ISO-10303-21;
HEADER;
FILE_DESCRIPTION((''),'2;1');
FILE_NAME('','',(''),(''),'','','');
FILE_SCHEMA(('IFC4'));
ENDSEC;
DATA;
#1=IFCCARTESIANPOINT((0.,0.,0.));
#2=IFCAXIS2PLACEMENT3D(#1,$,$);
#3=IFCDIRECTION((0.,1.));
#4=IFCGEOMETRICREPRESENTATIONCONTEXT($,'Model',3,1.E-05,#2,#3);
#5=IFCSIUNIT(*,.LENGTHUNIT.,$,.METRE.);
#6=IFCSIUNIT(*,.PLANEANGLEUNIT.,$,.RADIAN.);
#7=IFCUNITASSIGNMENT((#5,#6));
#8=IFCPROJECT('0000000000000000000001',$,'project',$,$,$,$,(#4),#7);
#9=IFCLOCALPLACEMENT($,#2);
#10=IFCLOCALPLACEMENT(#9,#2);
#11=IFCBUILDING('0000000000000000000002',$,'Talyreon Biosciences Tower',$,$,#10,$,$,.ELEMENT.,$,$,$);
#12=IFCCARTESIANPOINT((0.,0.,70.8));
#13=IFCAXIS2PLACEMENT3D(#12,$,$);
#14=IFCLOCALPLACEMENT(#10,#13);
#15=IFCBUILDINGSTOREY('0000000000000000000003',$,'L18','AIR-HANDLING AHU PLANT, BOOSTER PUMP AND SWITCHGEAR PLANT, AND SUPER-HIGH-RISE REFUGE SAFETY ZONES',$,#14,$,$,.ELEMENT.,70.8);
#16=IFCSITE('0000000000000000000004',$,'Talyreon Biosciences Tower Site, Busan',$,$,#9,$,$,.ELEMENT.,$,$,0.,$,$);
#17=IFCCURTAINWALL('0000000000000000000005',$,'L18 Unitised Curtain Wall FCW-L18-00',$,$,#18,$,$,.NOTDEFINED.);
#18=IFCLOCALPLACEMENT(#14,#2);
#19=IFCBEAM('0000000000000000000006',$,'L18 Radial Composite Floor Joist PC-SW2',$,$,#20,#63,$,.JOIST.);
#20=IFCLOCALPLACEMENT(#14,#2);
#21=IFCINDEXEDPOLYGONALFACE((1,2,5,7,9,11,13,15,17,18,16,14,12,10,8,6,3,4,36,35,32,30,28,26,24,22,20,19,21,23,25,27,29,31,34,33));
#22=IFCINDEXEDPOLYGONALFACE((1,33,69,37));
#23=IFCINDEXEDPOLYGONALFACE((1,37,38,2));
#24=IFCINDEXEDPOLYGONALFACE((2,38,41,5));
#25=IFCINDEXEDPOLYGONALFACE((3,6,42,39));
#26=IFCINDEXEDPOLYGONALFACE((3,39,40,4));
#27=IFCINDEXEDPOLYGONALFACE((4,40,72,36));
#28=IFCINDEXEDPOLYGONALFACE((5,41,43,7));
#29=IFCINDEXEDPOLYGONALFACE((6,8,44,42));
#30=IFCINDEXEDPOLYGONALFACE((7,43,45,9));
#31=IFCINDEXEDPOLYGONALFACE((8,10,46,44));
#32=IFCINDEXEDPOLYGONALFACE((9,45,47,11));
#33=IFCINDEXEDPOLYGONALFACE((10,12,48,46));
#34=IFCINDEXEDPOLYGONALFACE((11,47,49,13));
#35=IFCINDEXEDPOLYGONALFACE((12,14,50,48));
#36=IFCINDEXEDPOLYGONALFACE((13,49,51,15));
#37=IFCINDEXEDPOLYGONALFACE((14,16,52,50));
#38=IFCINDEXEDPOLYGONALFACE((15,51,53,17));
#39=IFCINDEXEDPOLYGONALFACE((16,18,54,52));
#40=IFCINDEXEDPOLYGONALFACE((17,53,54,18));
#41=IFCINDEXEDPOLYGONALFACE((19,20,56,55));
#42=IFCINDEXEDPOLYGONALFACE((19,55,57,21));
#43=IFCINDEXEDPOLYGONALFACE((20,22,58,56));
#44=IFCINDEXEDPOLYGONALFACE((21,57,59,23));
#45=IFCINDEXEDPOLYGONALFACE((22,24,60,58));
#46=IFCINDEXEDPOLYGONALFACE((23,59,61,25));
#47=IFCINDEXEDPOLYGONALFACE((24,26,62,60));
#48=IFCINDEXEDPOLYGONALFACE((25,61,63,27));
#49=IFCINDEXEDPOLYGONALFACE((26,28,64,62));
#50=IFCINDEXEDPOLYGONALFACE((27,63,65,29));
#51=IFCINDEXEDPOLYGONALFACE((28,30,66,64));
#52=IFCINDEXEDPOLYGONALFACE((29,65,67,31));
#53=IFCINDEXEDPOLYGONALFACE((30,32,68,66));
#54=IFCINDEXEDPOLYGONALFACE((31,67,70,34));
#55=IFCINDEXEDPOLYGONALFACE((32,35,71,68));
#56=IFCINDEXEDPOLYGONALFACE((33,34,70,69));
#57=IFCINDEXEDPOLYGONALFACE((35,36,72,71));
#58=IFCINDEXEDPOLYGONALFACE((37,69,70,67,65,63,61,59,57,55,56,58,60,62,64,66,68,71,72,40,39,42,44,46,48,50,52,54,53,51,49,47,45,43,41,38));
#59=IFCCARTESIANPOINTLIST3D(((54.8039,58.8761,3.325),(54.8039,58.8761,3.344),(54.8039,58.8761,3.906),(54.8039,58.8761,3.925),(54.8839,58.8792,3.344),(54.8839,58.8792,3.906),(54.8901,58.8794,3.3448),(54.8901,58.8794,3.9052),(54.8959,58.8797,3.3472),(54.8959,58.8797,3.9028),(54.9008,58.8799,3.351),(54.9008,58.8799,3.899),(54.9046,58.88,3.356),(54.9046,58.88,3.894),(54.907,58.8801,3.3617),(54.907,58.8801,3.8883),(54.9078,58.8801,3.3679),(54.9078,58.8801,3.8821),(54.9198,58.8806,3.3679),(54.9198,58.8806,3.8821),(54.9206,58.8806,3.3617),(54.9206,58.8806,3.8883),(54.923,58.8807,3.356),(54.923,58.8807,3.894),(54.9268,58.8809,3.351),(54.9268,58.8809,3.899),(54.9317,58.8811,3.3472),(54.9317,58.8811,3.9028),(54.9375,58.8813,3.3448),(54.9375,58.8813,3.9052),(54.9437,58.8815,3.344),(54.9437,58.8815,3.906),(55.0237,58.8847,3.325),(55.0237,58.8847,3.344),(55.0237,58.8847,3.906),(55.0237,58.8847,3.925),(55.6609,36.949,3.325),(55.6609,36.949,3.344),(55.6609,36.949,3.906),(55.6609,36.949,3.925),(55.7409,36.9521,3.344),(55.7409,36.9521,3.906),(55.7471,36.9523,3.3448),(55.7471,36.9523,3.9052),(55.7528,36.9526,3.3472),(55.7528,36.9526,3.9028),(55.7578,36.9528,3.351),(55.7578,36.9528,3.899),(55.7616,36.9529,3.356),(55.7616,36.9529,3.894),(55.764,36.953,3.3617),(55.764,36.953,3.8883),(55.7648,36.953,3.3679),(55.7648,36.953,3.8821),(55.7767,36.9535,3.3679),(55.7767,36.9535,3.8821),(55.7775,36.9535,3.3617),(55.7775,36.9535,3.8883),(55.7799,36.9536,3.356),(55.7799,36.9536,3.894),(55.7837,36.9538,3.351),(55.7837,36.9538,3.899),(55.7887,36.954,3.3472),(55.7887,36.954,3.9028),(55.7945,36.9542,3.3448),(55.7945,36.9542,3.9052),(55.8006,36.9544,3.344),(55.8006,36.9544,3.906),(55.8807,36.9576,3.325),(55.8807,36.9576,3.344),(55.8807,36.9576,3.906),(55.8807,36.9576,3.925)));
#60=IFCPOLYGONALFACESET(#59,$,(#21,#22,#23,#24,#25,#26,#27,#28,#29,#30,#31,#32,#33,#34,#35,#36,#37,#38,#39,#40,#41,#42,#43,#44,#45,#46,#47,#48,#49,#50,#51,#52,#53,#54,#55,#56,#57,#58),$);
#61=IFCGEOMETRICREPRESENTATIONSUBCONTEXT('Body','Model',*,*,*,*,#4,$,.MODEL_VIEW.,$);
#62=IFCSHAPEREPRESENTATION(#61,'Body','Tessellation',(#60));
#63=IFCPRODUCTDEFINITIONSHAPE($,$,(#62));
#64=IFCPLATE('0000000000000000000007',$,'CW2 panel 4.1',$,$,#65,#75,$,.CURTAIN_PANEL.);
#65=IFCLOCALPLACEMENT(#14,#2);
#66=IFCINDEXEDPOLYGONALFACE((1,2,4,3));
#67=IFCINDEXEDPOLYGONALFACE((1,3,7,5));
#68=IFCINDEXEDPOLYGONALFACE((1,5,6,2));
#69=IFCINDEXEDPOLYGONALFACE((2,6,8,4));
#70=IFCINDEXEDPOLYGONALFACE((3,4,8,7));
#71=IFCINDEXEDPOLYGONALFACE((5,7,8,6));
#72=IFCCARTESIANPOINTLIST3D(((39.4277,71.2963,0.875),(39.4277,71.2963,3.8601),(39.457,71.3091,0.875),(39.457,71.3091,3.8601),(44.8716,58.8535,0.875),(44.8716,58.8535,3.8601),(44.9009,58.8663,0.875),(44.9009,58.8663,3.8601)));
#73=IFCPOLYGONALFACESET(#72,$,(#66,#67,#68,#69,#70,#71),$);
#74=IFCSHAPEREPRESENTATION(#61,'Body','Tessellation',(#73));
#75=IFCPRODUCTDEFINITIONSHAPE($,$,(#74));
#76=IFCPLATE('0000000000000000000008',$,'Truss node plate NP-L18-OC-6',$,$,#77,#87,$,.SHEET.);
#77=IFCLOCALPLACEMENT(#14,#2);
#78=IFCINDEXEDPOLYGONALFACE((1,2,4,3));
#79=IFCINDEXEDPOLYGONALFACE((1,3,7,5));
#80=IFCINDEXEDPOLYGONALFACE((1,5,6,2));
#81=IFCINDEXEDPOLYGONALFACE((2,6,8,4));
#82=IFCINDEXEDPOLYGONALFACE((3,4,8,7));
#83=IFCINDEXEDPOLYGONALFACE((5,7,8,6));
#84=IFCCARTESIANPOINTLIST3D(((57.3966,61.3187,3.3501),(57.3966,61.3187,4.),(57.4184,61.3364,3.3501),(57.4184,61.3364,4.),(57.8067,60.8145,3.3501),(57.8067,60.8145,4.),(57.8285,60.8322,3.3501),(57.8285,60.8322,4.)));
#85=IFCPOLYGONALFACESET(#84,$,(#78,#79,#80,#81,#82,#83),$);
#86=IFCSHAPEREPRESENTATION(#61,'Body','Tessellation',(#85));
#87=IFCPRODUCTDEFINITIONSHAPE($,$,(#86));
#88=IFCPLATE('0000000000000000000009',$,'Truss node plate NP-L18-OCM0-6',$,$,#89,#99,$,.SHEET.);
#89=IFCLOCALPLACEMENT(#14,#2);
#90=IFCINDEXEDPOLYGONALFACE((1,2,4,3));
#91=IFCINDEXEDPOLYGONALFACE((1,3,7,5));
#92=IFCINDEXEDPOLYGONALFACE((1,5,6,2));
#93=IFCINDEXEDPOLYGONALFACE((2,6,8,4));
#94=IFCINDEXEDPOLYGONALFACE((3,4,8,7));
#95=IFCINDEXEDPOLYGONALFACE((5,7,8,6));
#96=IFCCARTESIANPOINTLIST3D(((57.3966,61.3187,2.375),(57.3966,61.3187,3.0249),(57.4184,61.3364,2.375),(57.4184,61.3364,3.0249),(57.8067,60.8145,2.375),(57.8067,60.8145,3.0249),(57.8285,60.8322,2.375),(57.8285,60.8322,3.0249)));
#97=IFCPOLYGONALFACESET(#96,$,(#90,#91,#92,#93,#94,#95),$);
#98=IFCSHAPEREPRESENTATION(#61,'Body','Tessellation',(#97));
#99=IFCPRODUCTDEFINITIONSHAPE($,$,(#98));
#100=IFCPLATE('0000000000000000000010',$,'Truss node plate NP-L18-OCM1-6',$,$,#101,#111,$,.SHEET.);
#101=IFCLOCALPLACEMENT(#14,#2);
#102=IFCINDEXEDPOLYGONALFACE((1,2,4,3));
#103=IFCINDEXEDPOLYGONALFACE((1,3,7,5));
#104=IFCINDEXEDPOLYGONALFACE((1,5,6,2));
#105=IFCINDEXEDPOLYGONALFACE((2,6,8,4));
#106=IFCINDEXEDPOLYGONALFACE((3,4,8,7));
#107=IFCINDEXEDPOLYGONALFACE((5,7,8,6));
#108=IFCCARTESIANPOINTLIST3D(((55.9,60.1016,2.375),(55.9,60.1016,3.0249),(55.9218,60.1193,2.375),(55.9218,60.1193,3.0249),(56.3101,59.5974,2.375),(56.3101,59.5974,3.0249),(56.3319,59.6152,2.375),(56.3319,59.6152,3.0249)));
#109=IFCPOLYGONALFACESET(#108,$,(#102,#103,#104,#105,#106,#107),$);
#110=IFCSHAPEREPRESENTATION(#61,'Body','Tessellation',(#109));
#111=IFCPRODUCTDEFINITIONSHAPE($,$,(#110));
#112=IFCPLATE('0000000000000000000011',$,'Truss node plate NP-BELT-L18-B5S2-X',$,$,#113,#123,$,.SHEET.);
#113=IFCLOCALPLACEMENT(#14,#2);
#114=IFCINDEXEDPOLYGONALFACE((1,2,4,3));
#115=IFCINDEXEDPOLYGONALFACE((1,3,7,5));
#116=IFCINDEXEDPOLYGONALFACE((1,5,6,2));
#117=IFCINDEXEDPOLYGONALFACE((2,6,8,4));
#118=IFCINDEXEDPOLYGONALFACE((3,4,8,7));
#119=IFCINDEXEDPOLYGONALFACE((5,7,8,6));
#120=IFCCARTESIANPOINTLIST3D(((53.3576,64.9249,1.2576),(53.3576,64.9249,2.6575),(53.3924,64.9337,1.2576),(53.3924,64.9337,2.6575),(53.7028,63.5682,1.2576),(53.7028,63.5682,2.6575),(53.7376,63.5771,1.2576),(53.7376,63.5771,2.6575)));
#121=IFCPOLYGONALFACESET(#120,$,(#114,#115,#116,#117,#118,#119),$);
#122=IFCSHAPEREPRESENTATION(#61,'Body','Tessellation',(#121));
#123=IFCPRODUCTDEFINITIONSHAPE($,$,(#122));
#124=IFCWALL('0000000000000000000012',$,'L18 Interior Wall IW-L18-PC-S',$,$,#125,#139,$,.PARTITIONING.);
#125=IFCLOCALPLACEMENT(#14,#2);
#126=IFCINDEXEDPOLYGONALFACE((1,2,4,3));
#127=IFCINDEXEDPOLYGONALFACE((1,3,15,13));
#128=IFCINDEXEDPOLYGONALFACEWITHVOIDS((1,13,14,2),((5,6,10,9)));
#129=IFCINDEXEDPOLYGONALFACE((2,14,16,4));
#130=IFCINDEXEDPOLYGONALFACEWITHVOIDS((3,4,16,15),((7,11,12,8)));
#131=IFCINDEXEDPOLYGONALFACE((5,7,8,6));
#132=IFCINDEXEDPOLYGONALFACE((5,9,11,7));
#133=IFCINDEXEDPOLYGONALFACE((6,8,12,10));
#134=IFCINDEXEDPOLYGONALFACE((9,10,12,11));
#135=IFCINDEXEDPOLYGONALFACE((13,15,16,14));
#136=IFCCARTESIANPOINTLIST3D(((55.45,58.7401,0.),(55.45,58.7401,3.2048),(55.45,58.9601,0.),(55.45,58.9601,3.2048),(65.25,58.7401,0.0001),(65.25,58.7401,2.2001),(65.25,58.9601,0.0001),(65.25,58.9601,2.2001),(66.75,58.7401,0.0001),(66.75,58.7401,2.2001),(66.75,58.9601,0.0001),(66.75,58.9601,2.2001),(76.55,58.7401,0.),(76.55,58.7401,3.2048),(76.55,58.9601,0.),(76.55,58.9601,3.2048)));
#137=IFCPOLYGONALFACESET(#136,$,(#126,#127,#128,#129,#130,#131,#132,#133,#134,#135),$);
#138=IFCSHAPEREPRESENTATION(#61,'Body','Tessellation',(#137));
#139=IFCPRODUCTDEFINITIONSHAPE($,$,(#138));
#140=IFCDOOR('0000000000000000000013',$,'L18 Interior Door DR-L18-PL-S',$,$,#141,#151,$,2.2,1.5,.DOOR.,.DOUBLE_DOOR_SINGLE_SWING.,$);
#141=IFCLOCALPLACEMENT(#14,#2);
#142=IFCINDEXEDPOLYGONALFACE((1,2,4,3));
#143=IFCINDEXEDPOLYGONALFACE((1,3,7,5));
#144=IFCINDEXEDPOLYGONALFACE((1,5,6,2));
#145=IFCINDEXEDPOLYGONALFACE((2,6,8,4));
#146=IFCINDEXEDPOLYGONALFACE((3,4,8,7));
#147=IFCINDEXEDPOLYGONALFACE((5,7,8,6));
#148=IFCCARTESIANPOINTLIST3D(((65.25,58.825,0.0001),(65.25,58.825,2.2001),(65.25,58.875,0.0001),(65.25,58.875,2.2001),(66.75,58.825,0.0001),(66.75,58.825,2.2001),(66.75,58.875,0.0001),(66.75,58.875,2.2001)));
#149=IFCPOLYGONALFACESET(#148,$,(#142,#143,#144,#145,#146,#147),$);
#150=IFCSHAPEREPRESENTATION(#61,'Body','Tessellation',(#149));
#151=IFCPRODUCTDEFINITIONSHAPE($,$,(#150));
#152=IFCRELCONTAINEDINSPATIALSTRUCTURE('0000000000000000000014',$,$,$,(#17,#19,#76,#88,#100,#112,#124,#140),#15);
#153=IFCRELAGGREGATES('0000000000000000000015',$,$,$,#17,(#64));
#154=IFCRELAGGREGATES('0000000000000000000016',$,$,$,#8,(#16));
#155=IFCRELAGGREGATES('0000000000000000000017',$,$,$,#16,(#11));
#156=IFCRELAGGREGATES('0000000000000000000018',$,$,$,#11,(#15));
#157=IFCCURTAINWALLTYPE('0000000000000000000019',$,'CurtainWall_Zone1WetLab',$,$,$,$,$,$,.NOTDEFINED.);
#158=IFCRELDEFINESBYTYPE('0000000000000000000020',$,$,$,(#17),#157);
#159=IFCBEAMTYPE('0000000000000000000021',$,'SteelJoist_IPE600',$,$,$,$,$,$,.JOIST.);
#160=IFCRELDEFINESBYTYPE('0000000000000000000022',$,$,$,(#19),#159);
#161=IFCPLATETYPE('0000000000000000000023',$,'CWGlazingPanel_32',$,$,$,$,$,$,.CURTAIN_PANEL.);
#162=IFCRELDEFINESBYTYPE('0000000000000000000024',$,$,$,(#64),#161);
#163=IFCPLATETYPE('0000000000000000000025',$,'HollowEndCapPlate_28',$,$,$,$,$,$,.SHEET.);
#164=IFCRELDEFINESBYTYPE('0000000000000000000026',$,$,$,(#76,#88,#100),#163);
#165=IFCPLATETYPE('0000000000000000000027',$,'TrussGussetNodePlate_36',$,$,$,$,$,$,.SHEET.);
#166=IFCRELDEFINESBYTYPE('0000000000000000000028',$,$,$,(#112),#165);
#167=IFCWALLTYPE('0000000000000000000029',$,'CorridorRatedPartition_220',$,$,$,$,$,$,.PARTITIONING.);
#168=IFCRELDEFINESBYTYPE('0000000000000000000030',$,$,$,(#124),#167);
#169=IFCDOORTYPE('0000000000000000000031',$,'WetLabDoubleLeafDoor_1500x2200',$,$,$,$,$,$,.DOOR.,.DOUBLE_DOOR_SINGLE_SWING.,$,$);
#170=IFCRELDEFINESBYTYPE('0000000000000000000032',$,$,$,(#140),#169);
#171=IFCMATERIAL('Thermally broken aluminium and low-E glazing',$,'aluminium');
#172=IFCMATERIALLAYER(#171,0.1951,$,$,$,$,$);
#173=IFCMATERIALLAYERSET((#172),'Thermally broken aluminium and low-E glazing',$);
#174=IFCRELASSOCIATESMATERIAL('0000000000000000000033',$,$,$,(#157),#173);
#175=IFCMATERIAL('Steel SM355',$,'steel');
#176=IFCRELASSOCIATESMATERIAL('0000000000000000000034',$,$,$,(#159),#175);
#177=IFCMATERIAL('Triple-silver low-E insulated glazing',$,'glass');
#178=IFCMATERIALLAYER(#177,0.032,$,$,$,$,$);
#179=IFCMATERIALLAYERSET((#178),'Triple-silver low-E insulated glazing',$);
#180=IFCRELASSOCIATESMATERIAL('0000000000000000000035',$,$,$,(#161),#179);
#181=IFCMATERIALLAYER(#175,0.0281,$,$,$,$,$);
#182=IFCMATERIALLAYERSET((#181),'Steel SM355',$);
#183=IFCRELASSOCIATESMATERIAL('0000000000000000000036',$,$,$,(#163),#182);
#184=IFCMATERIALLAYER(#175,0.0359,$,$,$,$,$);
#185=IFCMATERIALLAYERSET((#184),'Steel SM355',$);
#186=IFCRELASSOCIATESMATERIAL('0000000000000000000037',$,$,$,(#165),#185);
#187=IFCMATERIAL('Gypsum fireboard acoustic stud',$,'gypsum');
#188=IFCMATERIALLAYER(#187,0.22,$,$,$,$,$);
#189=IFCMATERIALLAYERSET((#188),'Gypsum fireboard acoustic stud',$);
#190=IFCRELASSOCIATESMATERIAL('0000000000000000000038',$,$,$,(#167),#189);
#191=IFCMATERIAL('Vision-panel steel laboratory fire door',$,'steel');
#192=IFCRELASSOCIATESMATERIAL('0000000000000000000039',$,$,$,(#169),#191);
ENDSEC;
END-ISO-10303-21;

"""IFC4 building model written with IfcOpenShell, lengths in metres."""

from ifc_helpers import new_model, si_unit, direction, frame, frame_2d, origin, origin_2d, place, context, subcontext, project, spatial, rectangle, i_section, extrude, material, layer, layer_set, material_profile, profile_set, type_object, element, fill, aggregate, save


model = new_model("IFC4")

# Units and contexts
model_context = context("Model", 3, precision=1e-05, world=origin(), true_north=direction((0.0, 1.0)))
body_context = subcontext(model_context, "Body", "Model", "MODEL_VIEW")
ifc_project = project(units=[si_unit("LENGTHUNIT", "METRE"), si_unit("PLANEANGLEUNIT", "RADIAN")], contexts=[model_context])

# Site, building, storey
site_placement = place(None, origin())
site = spatial("IfcSite", under=ifc_project, at=site_placement, Name="Talyreon Biosciences Tower Site, Busan", CompositionType="ELEMENT", RefElevation=0.0)
building_placement = place(site_placement, origin())
building = spatial("IfcBuilding", under=site, at=building_placement, Name="Talyreon Biosciences Tower", CompositionType="ELEMENT")
storey_placement = place(building_placement, frame((0.0, 0.0, 70.8)))
storey = spatial("IfcBuildingStorey", under=building, at=storey_placement, Name="L18", Description="AIR-HANDLING AHU PLANT, BOOSTER PUMP AND SWITCHGEAR PLANT, AND SUPER-HIGH-RISE REFUGE SAFETY ZONES", CompositionType="ELEMENT", Elevation=70.8)

# Shared definitions
ifc_material_1 = material(Name="Steel SM355", Category="steel")

# Curtain wall
ifc_material_2 = material(Name="Thermally broken aluminium and low-E glazing", Category="aluminium")
ifc_layer_1 = layer(ifc_material_2, 0.1951)
ifc_layer_set_1 = layer_set([ifc_layer_1], Name="Thermally broken aluminium and low-E glazing")
curtain_wall_type = type_object("IfcCurtainWallType", Name="CurtainWall_Zone1WetLab", PredefinedType="NOTDEFINED", material=ifc_layer_set_1)
curtain_wall_placement = place(storey_placement, origin())
curtain_wall = element("IfcCurtainWall", 1, at=curtain_wall_placement, inside=storey, type_object=curtain_wall_type, Name="L18 Unitised Curtain Wall FCW-L18-00", PredefinedType="NOTDEFINED")

# Beam
ifc_material_profile_1 = material_profile(ifc_material_1, i_section(OverallWidth=0.22, OverallDepth=0.6001, WebThickness=0.012, FlangeThickness=0.019, FilletRadius=0.0239, at=origin_2d()), Name="IPE600")
ifc_profile_set_1 = profile_set([ifc_material_profile_1], Name="Steel SM355")
beam_type_1 = type_object("IfcBeamType", Name="SteelJoist_IPE600", PredefinedType="JOIST", material=ifc_profile_set_1)
beam_1_placement = place(storey_placement, frame((54.9138, 58.8804, 3.625), z_axis=(0.039051, -0.999237, 0.0), x_axis=(0.999237, 0.039051, 0.0)))
element("IfcBeam", 2, at=beam_1_placement, inside=storey, type_object=beam_type_1, Name="L18 Radial Composite Floor Joist PC-SW2", PredefinedType="JOIST", context=body_context, shape_type="SweptSolid", body=[
    extrude(i_section(OverallWidth=0.22, OverallDepth=0.6001, WebThickness=0.012, FlangeThickness=0.019, FilletRadius=0.0239, at=origin_2d()), origin(), (0.0, 0.0, 1.0), 21.9438),
])

# Plate
ifc_material_3 = material(Name="Triple-silver low-E insulated glazing", Category="glass")
ifc_layer_2 = layer(ifc_material_3, 0.032)
ifc_layer_set_2 = layer_set([ifc_layer_2], Name="Triple-silver low-E insulated glazing")
plate_type_1 = type_object("IfcPlateType", Name="CWGlazingPanel_32", PredefinedType="CURTAIN_PANEL", material=ifc_layer_set_2)
plate_1_placement = place(storey_placement, frame((42.1643, 65.0813, 0.875), z_axis=(0.0, 0.0, 1.0), x_axis=(-0.400831, 0.916152, 0.0)))
plate_1 = element("IfcPlate", 3, at=plate_1_placement, type_object=plate_type_1, Name="CW2 panel 4.1", PredefinedType="CURTAIN_PANEL", context=body_context, shape_type="SweptSolid", body=[
    extrude(rectangle(XDim=13.5815, YDim=0.032, at=origin_2d()), origin(), (0.0, 0.0, 1.0), 2.9851),
])
aggregate(curtain_wall, [plate_1])

# Plates
ifc_layer_3 = layer(ifc_material_1, 0.0281)
ifc_layer_set_3 = layer_set([ifc_layer_3], Name="Steel SM355")
plate_type_2 = type_object("IfcPlateType", Name="HollowEndCapPlate_28", PredefinedType="SHEET", material=ifc_layer_set_3)
for number, where, z_axis, x_axis, name in (
    (4, (57.6125, 61.0754, 3.3501), (0.0, 0.0, 1.0), (0.631001, -0.775782, 0.0), "Truss node plate NP-L18-OC-6"),
    (5, (57.6125, 61.0754, 2.375), (0.0, 0.0, 1.0), (0.631001, -0.775782, 0.0), "Truss node plate NP-L18-OCM0-6"),
    (6, (56.116, 59.8584, 2.375), (0.0, 0.0, 1.0), (0.631001, -0.775782, 0.0), "Truss node plate NP-L18-OCM1-6"),
):
    element("IfcPlate", number, at=place(storey_placement, frame(where, z_axis=z_axis, x_axis=x_axis)), inside=storey, type_object=plate_type_2, Name=name, PredefinedType="SHEET", context=body_context, shape_type="SweptSolid", body=[
        extrude(rectangle(XDim=0.6499, YDim=0.0281, at=origin_2d()), origin(), (0.0, 0.0, 1.0), 0.6499),
    ])
ifc_layer_4 = layer(ifc_material_1, 0.0359)
ifc_layer_set_4 = layer_set([ifc_layer_4], Name="Steel SM355")
plate_type_3 = type_object("IfcPlateType", Name="TrussGussetNodePlate_36", PredefinedType="SHEET", material=ifc_layer_set_4)
plate_2_placement = place(storey_placement, frame((53.5476, 64.251, 1.2576), z_axis=(0.0, 0.0, 1.0), x_axis=(0.246542, -0.969132, 0.0)))
element("IfcPlate", 7, at=plate_2_placement, inside=storey, type_object=plate_type_3, Name="Truss node plate NP-BELT-L18-B5S2-X", PredefinedType="SHEET", context=body_context, shape_type="SweptSolid", body=[
    extrude(rectangle(XDim=1.3999, YDim=0.0359, at=origin_2d()), origin(), (0.0, 0.0, 1.0), 1.3999),
])

# Wall, opening, door
ifc_material_4 = material(Name="Gypsum fireboard acoustic stud", Category="gypsum")
ifc_layer_5 = layer(ifc_material_4, 0.22)
ifc_layer_set_5 = layer_set([ifc_layer_5], Name="Gypsum fireboard acoustic stud")
wall_type = type_object("IfcWallType", Name="CorridorRatedPartition_220", PredefinedType="PARTITIONING", material=ifc_layer_set_5)
wall_1_placement = place(storey_placement, frame((55.45, 58.8501, 0.0), z_axis=(0.0, 0.0, 1.0), x_axis=(1.0, 0.0, 0.0)))
wall_1 = element("IfcWall", 8, at=wall_1_placement, inside=storey, type_object=wall_type, Name="L18 Interior Wall IW-L18-PC-S", PredefinedType="PARTITIONING", context=body_context, shape_type="SweptSolid", body=[
    extrude(rectangle(XDim=21.1001, YDim=0.22, at=frame_2d((10.55, 0.0))), origin(), (0.0, 0.0, 1.0), 3.2048),
])
opening_1_placement = place(wall_1_placement, frame((9.8, 0.0, 0.0)))
opening_1 = element("IfcOpeningElement", 9, at=opening_1_placement, cuts=wall_1, PredefinedType="OPENING", context=body_context, shape_type="SweptSolid", body=[
    extrude(rectangle(XDim=1.5, YDim=2.2, at=frame_2d((0.75, 1.1001))), frame((0.0, 0.1199, 0.0), z_axis=(0.0, -1.0, 0.0), x_axis=(1.0, 0.0, 0.0)), (0.0, 0.0, 1.0), 0.24),
])
ifc_material_5 = material(Name="Vision-panel steel laboratory fire door", Category="steel")
door_type_1 = type_object("IfcDoorType", Name="WetLabDoubleLeafDoor_1500x2200", OperationType="DOUBLE_DOOR_SINGLE_SWING", PredefinedType="DOOR", material=ifc_material_5)
door_1_placement = place(opening_1_placement, origin())
door_1 = element("IfcDoor", 10, at=door_1_placement, inside=storey, type_object=door_type_1, Name="L18 Interior Door DR-L18-PL-S", OperationType="DOUBLE_DOOR_SINGLE_SWING", OverallHeight=2.2, OverallWidth=1.5, PredefinedType="DOOR", context=body_context, shape_type="SweptSolid", body=[
    extrude(rectangle(XDim=1.5, YDim=2.2, at=frame_2d((0.75, 1.1001))), frame((0.0, 0.0249, 0.0), z_axis=(0.0, -1.0, 0.0), x_axis=(1.0, 0.0, 0.0)), (0.0, 0.0, 1.0), 0.05),
])
fill(opening_1, door_1)

save(model, "model.ifc")
